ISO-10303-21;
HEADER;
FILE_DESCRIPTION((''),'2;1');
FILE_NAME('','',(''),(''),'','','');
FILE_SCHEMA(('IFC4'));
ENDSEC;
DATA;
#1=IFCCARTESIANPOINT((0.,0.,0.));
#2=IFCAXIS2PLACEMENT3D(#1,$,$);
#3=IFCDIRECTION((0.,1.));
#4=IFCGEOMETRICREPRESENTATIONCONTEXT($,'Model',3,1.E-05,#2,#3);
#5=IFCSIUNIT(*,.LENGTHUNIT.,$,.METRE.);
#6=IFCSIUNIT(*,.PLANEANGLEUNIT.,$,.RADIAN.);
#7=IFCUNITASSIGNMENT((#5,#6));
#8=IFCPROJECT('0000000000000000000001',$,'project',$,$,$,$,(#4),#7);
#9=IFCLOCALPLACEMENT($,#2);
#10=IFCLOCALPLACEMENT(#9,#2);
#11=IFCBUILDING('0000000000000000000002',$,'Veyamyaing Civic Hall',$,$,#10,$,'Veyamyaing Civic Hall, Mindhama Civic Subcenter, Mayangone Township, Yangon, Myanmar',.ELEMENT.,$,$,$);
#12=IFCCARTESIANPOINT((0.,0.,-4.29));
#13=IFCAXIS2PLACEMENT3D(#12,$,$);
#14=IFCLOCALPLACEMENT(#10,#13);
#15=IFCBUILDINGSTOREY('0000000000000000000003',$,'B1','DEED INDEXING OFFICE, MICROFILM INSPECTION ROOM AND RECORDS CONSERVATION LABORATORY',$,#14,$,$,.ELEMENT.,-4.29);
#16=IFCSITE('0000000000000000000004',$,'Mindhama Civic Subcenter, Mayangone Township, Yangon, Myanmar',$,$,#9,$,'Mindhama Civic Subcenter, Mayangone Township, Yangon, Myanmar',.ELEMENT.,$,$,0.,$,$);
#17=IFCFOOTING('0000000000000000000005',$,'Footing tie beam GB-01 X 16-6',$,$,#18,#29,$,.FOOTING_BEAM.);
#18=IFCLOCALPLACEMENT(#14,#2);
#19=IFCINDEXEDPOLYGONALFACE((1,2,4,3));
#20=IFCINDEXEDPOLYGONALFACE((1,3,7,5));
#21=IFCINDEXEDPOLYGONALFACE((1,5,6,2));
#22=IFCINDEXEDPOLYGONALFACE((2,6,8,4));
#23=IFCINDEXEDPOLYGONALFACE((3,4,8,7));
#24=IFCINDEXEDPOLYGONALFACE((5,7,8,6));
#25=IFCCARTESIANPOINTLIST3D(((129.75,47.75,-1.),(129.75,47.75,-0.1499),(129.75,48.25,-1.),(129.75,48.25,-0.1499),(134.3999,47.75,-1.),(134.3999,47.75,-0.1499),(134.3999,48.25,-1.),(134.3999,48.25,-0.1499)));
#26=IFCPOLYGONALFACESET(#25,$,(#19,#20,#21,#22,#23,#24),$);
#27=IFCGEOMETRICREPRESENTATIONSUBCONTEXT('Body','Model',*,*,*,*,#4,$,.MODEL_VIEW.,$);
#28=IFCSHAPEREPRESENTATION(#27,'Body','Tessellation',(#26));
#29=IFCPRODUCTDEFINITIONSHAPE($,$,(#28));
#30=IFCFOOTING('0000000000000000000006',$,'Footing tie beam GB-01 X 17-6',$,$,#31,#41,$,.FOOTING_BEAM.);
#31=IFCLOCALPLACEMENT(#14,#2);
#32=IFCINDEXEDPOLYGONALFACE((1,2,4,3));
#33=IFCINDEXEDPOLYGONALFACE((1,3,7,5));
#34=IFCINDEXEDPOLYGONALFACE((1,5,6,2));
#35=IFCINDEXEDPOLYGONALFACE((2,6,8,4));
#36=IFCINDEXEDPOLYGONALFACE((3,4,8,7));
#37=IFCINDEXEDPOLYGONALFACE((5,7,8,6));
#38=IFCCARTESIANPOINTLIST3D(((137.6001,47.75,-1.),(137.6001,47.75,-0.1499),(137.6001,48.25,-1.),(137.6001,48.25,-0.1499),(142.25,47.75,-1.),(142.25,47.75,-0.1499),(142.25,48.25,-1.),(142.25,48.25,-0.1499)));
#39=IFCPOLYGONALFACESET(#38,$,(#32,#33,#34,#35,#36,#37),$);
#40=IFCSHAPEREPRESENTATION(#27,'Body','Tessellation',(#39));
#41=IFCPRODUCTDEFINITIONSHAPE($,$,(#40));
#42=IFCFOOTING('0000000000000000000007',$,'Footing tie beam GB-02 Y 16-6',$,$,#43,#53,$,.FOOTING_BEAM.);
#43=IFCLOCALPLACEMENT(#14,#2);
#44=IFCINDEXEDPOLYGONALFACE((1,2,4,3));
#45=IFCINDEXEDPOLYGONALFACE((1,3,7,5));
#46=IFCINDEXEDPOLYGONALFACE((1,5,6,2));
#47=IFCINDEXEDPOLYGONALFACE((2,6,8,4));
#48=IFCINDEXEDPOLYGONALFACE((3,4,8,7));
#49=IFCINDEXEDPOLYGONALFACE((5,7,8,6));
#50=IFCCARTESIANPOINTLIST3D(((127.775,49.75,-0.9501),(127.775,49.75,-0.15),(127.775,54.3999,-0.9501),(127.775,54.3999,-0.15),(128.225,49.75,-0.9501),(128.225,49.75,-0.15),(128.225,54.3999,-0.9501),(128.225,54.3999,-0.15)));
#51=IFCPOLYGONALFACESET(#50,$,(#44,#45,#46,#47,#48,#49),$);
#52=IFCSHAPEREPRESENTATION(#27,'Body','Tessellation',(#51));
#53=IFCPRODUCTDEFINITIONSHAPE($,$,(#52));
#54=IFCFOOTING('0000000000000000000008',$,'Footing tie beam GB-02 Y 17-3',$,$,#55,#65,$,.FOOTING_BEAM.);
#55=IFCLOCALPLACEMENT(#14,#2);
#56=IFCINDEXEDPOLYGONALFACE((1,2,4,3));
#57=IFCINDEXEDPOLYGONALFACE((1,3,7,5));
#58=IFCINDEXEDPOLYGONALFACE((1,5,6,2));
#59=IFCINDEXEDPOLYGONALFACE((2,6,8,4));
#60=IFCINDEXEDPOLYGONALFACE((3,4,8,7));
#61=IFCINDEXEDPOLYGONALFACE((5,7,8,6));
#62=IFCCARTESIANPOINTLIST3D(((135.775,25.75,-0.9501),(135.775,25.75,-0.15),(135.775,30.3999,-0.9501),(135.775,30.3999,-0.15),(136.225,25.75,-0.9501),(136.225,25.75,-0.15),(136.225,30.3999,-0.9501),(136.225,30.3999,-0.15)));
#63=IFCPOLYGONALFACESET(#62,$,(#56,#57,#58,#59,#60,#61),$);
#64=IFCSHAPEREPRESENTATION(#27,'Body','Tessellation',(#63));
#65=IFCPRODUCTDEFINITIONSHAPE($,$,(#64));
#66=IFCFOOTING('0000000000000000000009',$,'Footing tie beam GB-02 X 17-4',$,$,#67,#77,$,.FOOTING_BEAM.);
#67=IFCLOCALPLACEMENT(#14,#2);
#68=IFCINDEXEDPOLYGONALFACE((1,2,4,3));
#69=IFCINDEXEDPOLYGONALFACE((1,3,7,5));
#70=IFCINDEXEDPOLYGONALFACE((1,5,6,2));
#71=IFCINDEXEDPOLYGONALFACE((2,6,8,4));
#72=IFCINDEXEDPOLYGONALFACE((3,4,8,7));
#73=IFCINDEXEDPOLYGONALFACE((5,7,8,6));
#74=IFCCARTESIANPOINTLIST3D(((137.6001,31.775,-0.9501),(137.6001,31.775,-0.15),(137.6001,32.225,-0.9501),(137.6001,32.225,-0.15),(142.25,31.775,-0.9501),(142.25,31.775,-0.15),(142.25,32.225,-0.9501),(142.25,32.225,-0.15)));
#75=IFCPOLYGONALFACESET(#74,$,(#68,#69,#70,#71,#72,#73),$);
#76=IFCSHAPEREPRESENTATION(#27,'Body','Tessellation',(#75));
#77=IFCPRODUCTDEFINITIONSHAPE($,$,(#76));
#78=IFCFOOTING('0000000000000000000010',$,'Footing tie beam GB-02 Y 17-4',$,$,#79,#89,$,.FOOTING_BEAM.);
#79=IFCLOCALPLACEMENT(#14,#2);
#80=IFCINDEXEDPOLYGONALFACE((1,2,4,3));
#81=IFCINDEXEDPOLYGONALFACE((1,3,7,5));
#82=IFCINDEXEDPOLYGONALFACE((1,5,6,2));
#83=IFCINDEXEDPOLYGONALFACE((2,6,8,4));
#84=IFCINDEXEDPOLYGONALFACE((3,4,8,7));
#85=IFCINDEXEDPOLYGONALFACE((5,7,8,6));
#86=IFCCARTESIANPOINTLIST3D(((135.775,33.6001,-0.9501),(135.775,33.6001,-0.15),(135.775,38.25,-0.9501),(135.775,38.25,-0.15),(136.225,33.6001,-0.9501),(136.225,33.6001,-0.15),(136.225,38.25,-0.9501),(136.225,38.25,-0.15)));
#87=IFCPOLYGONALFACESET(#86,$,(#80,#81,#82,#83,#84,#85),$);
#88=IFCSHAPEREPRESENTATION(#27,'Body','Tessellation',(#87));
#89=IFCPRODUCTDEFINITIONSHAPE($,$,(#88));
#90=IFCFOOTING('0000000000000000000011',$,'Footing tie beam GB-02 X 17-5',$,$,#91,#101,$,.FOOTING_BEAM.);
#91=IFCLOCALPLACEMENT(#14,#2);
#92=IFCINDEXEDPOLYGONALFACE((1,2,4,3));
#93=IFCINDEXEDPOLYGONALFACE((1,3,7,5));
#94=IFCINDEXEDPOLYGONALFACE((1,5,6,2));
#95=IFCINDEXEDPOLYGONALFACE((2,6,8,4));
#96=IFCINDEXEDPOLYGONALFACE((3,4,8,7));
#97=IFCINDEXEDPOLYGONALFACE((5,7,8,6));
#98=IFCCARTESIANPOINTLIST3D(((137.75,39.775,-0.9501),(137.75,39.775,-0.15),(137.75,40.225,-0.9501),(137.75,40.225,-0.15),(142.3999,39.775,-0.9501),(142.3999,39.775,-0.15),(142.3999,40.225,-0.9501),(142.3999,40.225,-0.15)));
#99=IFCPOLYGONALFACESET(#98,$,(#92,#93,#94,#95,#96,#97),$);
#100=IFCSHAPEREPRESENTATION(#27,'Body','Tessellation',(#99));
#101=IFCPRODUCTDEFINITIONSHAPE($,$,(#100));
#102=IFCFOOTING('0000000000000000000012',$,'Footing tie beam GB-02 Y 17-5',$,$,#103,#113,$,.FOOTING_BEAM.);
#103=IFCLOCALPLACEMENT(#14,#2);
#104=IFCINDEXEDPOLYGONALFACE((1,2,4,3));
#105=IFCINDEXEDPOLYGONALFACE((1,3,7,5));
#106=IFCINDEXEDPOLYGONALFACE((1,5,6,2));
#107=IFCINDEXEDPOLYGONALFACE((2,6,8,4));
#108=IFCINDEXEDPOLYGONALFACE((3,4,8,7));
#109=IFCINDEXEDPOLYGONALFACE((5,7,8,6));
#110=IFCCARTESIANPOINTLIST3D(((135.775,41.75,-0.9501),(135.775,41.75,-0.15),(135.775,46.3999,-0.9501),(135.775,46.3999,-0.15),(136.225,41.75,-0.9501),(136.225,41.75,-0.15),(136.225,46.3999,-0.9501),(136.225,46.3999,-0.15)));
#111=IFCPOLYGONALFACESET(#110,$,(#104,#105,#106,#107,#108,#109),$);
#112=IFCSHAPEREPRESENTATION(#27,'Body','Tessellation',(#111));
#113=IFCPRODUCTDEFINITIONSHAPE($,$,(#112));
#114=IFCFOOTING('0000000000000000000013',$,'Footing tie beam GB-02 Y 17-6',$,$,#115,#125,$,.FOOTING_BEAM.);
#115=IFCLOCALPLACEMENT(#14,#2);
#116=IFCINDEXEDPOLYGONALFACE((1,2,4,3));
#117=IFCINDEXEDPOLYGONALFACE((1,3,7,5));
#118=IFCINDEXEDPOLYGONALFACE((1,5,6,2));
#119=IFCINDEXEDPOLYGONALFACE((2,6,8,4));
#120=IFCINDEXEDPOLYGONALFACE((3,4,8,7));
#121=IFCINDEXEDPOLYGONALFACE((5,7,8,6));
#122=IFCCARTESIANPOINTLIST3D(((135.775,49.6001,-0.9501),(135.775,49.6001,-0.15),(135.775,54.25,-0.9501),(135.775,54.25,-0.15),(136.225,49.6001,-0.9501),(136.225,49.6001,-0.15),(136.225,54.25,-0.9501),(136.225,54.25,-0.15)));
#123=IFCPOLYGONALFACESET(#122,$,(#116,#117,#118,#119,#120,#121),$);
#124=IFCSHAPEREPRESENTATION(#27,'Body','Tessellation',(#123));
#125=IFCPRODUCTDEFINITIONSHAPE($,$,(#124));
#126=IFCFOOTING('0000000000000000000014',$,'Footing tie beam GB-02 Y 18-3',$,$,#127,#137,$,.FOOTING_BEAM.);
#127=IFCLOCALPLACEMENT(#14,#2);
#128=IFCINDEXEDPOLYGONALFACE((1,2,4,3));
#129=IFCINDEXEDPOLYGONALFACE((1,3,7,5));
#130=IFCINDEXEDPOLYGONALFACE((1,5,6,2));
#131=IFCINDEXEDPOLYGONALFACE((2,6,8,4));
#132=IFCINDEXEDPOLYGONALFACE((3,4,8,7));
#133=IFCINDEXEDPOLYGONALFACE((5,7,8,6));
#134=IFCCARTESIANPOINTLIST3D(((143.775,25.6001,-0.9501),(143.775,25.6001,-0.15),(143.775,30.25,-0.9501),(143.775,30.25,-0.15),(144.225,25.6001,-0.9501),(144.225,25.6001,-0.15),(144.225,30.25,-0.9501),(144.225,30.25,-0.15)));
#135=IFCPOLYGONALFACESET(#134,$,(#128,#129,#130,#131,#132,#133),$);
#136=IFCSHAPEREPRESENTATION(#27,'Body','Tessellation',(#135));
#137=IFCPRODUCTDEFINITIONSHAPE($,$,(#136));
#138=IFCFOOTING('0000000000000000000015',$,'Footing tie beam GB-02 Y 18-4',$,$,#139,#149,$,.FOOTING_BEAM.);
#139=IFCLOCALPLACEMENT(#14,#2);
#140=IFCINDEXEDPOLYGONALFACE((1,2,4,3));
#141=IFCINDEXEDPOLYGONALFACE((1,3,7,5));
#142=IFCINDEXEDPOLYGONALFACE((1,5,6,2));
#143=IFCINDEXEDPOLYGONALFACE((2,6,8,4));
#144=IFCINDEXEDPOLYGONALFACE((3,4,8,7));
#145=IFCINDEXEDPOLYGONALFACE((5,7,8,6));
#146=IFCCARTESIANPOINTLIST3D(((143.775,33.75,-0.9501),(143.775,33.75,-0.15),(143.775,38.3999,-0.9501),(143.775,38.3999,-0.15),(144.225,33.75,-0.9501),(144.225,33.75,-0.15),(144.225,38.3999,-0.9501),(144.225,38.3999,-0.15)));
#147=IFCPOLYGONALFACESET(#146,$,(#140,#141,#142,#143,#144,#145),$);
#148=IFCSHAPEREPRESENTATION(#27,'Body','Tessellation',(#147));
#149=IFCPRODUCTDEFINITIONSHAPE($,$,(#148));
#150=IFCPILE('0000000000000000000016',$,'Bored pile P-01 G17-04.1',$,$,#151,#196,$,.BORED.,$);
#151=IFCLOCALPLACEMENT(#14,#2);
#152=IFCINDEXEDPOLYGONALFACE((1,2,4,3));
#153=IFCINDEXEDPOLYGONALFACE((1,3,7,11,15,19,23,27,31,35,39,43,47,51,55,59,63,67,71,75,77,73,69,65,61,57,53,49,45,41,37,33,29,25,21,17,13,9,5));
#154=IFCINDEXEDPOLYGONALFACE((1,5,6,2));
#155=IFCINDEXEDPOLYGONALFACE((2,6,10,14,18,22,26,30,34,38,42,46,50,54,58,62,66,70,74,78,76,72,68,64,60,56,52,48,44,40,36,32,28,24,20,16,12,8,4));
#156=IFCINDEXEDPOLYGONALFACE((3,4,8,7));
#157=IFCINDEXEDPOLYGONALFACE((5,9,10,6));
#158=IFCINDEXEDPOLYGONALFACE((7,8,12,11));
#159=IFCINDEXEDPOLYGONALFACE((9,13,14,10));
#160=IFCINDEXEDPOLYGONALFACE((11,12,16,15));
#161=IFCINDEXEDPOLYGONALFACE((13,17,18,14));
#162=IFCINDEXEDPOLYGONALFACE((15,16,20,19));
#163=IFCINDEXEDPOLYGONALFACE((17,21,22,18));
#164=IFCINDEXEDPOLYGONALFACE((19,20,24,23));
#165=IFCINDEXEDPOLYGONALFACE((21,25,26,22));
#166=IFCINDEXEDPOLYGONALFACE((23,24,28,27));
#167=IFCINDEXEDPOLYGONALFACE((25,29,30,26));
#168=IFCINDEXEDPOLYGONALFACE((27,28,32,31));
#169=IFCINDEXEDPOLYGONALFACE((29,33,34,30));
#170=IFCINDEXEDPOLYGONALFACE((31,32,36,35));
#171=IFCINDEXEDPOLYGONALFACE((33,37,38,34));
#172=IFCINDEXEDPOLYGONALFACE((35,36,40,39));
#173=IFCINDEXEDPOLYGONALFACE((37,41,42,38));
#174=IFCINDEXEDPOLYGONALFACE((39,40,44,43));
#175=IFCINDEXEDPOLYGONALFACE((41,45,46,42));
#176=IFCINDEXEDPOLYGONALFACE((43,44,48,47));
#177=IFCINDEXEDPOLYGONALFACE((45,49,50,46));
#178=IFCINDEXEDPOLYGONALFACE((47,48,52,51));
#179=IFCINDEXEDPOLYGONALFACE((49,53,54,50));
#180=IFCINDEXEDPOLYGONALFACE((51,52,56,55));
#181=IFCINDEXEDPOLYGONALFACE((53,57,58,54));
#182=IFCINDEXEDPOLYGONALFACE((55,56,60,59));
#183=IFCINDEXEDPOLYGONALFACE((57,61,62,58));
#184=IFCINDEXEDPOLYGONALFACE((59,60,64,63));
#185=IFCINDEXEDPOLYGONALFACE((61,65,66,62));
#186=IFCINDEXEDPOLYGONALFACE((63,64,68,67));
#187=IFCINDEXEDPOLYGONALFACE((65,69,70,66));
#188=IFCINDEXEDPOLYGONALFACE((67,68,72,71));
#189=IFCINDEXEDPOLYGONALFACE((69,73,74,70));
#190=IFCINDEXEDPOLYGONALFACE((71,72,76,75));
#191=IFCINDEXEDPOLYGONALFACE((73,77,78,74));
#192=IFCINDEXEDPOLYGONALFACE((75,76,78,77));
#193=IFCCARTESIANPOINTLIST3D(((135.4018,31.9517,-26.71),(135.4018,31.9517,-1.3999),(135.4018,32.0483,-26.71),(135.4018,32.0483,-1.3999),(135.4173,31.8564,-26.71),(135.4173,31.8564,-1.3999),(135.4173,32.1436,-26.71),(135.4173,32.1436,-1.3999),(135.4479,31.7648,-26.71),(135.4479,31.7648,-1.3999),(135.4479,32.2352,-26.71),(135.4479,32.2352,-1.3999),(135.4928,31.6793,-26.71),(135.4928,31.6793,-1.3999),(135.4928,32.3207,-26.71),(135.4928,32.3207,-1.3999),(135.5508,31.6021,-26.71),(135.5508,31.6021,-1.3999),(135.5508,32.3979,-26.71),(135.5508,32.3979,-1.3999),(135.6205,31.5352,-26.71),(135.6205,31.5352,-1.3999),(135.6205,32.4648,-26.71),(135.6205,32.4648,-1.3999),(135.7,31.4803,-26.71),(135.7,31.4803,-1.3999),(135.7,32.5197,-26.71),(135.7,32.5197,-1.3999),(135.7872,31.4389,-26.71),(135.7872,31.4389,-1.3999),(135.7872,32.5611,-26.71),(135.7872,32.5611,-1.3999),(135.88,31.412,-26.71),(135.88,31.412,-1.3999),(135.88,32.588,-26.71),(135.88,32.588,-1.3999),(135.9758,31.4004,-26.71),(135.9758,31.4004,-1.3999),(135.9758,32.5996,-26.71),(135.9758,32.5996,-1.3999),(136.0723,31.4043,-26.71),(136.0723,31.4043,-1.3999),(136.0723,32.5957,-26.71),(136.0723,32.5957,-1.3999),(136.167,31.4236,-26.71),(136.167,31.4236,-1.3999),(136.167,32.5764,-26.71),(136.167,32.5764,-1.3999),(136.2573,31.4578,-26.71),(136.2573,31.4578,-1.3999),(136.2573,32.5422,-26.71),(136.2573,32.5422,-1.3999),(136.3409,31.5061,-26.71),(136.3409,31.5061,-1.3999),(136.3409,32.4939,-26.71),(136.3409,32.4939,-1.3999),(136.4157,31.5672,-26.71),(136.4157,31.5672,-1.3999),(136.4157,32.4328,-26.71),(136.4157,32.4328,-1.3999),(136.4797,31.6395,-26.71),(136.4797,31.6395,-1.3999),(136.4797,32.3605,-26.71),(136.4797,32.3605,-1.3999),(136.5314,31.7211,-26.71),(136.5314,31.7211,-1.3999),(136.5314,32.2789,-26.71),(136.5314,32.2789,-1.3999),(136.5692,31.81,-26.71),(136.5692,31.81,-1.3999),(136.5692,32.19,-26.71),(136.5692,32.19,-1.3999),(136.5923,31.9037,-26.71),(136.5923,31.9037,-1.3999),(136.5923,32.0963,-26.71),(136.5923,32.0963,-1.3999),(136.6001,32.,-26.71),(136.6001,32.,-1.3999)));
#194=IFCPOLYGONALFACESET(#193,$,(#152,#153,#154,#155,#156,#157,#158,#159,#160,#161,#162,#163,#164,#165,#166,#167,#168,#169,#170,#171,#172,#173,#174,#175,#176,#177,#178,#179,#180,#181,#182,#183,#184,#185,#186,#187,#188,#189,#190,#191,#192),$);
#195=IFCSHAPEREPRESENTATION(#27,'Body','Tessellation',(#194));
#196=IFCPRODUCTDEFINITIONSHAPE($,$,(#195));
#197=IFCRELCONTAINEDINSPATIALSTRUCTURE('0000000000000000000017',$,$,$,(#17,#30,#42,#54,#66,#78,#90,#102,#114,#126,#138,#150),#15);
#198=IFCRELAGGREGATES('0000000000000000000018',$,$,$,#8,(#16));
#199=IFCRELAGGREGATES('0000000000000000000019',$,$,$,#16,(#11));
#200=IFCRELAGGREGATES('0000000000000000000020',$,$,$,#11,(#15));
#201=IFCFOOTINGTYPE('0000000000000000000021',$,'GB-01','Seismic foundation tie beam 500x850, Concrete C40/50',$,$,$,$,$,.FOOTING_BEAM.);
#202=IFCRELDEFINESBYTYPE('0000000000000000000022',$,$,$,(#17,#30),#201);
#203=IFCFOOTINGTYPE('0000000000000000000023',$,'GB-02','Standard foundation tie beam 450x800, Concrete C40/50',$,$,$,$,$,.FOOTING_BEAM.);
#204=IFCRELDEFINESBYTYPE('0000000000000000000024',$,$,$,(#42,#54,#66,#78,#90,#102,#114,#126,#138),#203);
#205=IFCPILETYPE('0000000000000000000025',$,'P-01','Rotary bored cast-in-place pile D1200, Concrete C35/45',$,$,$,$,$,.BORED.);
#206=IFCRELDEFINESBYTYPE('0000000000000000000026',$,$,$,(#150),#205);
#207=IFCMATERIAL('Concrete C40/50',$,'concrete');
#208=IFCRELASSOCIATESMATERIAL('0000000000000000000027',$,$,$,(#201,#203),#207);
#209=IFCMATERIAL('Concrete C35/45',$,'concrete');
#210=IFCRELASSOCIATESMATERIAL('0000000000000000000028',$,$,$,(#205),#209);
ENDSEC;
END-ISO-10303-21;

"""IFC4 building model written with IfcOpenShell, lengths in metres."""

from ifc_helpers import new_model, si_unit, direction, frame, origin, origin_2d, place, context, subcontext, project, spatial, rectangle, circle, extrude, material, material_profile, profile_set, type_object, element, save


model = new_model("IFC4")

# Units and contexts
model_context = context("Model", 3, precision=1e-05, world=origin(), true_north=direction((0.0, 1.0)))
body_context = subcontext(model_context, "Body", "Model", "MODEL_VIEW")
ifc_project = project(units=[si_unit("LENGTHUNIT", "METRE"), si_unit("PLANEANGLEUNIT", "RADIAN")], contexts=[model_context])

# Site, building, storey
site_placement = place(None, origin())
site = spatial("IfcSite", under=ifc_project, at=site_placement, Name="Mindhama Civic Subcenter, Mayangone Township, Yangon, Myanmar", LongName="Mindhama Civic Subcenter, Mayangone Township, Yangon, Myanmar", CompositionType="ELEMENT", RefElevation=0.0)
building_placement = place(site_placement, origin())
building = spatial("IfcBuilding", under=site, at=building_placement, Name="Veyamyaing Civic Hall", LongName="Veyamyaing Civic Hall, Mindhama Civic Subcenter, Mayangone Township, Yangon, Myanmar", CompositionType="ELEMENT")
storey_placement = place(building_placement, frame((0.0, 0.0, -4.29)))
storey = spatial("IfcBuildingStorey", under=building, at=storey_placement, Name="B1", Description="DEED INDEXING OFFICE, MICROFILM INSPECTION ROOM AND RECORDS CONSERVATION LABORATORY", CompositionType="ELEMENT", Elevation=-4.29)

# Footings
ifc_material_1 = material(Name="Concrete C40/50", Category="concrete")
ifc_material_profile_1 = material_profile(ifc_material_1, rectangle(XDim=0.5, YDim=0.8501, at=origin_2d()), Name="GB-500X850")
ifc_profile_set_1 = profile_set([ifc_material_profile_1], Name="Concrete C40/50")
footing_type_1 = type_object("IfcFootingType", Name="GB-01", Description="Seismic foundation tie beam 500x850, Concrete C40/50", PredefinedType="FOOTING_BEAM", material=ifc_profile_set_1)
for number, where, z_axis, x_axis, name in (
    (1, (129.75, 48.0, -0.575), (1.0, 0.0, 0.0), (0.0, 1.0, 0.0), "Footing tie beam GB-01 X 16-6"),
    (2, (137.6001, 48.0, -0.575), (1.0, 0.0, 0.0), (0.0, 1.0, 0.0), "Footing tie beam GB-01 X 17-6"),
):
    element("IfcFooting", number, at=place(storey_placement, frame(where, z_axis=z_axis, x_axis=x_axis)), inside=storey, type_object=footing_type_1, Name=name, PredefinedType="FOOTING_BEAM", context=body_context, shape_type="SweptSolid", body=[
        extrude(rectangle(XDim=0.5, YDim=0.8501, at=origin_2d()), origin(), (0.0, 0.0, 1.0), 4.6499),
    ])
ifc_material_profile_2 = material_profile(ifc_material_1, rectangle(XDim=0.45, YDim=0.8, at=origin_2d()), Name="GB-450X800")
ifc_profile_set_2 = profile_set([ifc_material_profile_2], Name="Concrete C40/50")
footing_type_2 = type_object("IfcFootingType", Name="GB-02", Description="Standard foundation tie beam 450x800, Concrete C40/50", PredefinedType="FOOTING_BEAM", material=ifc_profile_set_2)
for number, where, z_axis, x_axis, name in (
    (3, (128.0, 49.75, -0.55), (0.0, 1.0, 0.0), (-1.0, 0.0, 0.0), "Footing tie beam GB-02 Y 16-6"),
    (4, (136.0, 25.75, -0.55), (0.0, 1.0, 0.0), (-1.0, 0.0, 0.0), "Footing tie beam GB-02 Y 17-3"),
    (5, (137.6001, 32.0, -0.55), (1.0, 0.0, 0.0), (0.0, 1.0, 0.0), "Footing tie beam GB-02 X 17-4"),
    (6, (136.0, 33.6001, -0.55), (0.0, 1.0, 0.0), (-1.0, 0.0, 0.0), "Footing tie beam GB-02 Y 17-4"),
    (7, (137.75, 40.0, -0.55), (1.0, 0.0, 0.0), (0.0, 1.0, 0.0), "Footing tie beam GB-02 X 17-5"),
    (8, (136.0, 41.75, -0.55), (0.0, 1.0, 0.0), (-1.0, 0.0, 0.0), "Footing tie beam GB-02 Y 17-5"),
    (9, (136.0, 49.6001, -0.55), (0.0, 1.0, 0.0), (-1.0, 0.0, 0.0), "Footing tie beam GB-02 Y 17-6"),
    (10, (144.0, 25.6001, -0.55), (0.0, 1.0, 0.0), (-1.0, 0.0, 0.0), "Footing tie beam GB-02 Y 18-3"),
    (11, (144.0, 33.75, -0.55), (0.0, 1.0, 0.0), (-1.0, 0.0, 0.0), "Footing tie beam GB-02 Y 18-4"),
):
    element("IfcFooting", number, at=place(storey_placement, frame(where, z_axis=z_axis, x_axis=x_axis)), inside=storey, type_object=footing_type_2, Name=name, PredefinedType="FOOTING_BEAM", context=body_context, shape_type="SweptSolid", body=[
        extrude(rectangle(XDim=0.45, YDim=0.8, at=origin_2d()), origin(), (0.0, 0.0, 1.0), 4.6499),
    ])

# Pile
ifc_material_2 = material(Name="Concrete C35/45", Category="concrete")
ifc_material_profile_3 = material_profile(ifc_material_2, circle(Radius=0.6001, at=origin_2d()), Name="PILE-D1200")
ifc_profile_set_3 = profile_set([ifc_material_profile_3], Name="Concrete C35/45")
pile_type_1 = type_object("IfcPileType", Name="P-01", Description="Rotary bored cast-in-place pile D1200, Concrete C35/45", PredefinedType="BORED", material=ifc_profile_set_3)
for number, where, z_axis, x_axis, name in (
    (12, (136.0, 32.0, -1.3999), (0.0, 0.0, -1.0), (1.0, 0.0, 0.0), "Bored pile P-01 G17-04.1"),
):
    element("IfcPile", number, at=place(storey_placement, frame(where, z_axis=z_axis, x_axis=x_axis)), inside=storey, type_object=pile_type_1, Name=name, PredefinedType="BORED", context=body_context, shape_type="SweptSolid", body=[
        extrude(circle(Radius=0.6001, at=origin_2d()), origin(), (0.0, 0.0, 1.0), 25.3101),
    ])

save(model, "model.ifc")
